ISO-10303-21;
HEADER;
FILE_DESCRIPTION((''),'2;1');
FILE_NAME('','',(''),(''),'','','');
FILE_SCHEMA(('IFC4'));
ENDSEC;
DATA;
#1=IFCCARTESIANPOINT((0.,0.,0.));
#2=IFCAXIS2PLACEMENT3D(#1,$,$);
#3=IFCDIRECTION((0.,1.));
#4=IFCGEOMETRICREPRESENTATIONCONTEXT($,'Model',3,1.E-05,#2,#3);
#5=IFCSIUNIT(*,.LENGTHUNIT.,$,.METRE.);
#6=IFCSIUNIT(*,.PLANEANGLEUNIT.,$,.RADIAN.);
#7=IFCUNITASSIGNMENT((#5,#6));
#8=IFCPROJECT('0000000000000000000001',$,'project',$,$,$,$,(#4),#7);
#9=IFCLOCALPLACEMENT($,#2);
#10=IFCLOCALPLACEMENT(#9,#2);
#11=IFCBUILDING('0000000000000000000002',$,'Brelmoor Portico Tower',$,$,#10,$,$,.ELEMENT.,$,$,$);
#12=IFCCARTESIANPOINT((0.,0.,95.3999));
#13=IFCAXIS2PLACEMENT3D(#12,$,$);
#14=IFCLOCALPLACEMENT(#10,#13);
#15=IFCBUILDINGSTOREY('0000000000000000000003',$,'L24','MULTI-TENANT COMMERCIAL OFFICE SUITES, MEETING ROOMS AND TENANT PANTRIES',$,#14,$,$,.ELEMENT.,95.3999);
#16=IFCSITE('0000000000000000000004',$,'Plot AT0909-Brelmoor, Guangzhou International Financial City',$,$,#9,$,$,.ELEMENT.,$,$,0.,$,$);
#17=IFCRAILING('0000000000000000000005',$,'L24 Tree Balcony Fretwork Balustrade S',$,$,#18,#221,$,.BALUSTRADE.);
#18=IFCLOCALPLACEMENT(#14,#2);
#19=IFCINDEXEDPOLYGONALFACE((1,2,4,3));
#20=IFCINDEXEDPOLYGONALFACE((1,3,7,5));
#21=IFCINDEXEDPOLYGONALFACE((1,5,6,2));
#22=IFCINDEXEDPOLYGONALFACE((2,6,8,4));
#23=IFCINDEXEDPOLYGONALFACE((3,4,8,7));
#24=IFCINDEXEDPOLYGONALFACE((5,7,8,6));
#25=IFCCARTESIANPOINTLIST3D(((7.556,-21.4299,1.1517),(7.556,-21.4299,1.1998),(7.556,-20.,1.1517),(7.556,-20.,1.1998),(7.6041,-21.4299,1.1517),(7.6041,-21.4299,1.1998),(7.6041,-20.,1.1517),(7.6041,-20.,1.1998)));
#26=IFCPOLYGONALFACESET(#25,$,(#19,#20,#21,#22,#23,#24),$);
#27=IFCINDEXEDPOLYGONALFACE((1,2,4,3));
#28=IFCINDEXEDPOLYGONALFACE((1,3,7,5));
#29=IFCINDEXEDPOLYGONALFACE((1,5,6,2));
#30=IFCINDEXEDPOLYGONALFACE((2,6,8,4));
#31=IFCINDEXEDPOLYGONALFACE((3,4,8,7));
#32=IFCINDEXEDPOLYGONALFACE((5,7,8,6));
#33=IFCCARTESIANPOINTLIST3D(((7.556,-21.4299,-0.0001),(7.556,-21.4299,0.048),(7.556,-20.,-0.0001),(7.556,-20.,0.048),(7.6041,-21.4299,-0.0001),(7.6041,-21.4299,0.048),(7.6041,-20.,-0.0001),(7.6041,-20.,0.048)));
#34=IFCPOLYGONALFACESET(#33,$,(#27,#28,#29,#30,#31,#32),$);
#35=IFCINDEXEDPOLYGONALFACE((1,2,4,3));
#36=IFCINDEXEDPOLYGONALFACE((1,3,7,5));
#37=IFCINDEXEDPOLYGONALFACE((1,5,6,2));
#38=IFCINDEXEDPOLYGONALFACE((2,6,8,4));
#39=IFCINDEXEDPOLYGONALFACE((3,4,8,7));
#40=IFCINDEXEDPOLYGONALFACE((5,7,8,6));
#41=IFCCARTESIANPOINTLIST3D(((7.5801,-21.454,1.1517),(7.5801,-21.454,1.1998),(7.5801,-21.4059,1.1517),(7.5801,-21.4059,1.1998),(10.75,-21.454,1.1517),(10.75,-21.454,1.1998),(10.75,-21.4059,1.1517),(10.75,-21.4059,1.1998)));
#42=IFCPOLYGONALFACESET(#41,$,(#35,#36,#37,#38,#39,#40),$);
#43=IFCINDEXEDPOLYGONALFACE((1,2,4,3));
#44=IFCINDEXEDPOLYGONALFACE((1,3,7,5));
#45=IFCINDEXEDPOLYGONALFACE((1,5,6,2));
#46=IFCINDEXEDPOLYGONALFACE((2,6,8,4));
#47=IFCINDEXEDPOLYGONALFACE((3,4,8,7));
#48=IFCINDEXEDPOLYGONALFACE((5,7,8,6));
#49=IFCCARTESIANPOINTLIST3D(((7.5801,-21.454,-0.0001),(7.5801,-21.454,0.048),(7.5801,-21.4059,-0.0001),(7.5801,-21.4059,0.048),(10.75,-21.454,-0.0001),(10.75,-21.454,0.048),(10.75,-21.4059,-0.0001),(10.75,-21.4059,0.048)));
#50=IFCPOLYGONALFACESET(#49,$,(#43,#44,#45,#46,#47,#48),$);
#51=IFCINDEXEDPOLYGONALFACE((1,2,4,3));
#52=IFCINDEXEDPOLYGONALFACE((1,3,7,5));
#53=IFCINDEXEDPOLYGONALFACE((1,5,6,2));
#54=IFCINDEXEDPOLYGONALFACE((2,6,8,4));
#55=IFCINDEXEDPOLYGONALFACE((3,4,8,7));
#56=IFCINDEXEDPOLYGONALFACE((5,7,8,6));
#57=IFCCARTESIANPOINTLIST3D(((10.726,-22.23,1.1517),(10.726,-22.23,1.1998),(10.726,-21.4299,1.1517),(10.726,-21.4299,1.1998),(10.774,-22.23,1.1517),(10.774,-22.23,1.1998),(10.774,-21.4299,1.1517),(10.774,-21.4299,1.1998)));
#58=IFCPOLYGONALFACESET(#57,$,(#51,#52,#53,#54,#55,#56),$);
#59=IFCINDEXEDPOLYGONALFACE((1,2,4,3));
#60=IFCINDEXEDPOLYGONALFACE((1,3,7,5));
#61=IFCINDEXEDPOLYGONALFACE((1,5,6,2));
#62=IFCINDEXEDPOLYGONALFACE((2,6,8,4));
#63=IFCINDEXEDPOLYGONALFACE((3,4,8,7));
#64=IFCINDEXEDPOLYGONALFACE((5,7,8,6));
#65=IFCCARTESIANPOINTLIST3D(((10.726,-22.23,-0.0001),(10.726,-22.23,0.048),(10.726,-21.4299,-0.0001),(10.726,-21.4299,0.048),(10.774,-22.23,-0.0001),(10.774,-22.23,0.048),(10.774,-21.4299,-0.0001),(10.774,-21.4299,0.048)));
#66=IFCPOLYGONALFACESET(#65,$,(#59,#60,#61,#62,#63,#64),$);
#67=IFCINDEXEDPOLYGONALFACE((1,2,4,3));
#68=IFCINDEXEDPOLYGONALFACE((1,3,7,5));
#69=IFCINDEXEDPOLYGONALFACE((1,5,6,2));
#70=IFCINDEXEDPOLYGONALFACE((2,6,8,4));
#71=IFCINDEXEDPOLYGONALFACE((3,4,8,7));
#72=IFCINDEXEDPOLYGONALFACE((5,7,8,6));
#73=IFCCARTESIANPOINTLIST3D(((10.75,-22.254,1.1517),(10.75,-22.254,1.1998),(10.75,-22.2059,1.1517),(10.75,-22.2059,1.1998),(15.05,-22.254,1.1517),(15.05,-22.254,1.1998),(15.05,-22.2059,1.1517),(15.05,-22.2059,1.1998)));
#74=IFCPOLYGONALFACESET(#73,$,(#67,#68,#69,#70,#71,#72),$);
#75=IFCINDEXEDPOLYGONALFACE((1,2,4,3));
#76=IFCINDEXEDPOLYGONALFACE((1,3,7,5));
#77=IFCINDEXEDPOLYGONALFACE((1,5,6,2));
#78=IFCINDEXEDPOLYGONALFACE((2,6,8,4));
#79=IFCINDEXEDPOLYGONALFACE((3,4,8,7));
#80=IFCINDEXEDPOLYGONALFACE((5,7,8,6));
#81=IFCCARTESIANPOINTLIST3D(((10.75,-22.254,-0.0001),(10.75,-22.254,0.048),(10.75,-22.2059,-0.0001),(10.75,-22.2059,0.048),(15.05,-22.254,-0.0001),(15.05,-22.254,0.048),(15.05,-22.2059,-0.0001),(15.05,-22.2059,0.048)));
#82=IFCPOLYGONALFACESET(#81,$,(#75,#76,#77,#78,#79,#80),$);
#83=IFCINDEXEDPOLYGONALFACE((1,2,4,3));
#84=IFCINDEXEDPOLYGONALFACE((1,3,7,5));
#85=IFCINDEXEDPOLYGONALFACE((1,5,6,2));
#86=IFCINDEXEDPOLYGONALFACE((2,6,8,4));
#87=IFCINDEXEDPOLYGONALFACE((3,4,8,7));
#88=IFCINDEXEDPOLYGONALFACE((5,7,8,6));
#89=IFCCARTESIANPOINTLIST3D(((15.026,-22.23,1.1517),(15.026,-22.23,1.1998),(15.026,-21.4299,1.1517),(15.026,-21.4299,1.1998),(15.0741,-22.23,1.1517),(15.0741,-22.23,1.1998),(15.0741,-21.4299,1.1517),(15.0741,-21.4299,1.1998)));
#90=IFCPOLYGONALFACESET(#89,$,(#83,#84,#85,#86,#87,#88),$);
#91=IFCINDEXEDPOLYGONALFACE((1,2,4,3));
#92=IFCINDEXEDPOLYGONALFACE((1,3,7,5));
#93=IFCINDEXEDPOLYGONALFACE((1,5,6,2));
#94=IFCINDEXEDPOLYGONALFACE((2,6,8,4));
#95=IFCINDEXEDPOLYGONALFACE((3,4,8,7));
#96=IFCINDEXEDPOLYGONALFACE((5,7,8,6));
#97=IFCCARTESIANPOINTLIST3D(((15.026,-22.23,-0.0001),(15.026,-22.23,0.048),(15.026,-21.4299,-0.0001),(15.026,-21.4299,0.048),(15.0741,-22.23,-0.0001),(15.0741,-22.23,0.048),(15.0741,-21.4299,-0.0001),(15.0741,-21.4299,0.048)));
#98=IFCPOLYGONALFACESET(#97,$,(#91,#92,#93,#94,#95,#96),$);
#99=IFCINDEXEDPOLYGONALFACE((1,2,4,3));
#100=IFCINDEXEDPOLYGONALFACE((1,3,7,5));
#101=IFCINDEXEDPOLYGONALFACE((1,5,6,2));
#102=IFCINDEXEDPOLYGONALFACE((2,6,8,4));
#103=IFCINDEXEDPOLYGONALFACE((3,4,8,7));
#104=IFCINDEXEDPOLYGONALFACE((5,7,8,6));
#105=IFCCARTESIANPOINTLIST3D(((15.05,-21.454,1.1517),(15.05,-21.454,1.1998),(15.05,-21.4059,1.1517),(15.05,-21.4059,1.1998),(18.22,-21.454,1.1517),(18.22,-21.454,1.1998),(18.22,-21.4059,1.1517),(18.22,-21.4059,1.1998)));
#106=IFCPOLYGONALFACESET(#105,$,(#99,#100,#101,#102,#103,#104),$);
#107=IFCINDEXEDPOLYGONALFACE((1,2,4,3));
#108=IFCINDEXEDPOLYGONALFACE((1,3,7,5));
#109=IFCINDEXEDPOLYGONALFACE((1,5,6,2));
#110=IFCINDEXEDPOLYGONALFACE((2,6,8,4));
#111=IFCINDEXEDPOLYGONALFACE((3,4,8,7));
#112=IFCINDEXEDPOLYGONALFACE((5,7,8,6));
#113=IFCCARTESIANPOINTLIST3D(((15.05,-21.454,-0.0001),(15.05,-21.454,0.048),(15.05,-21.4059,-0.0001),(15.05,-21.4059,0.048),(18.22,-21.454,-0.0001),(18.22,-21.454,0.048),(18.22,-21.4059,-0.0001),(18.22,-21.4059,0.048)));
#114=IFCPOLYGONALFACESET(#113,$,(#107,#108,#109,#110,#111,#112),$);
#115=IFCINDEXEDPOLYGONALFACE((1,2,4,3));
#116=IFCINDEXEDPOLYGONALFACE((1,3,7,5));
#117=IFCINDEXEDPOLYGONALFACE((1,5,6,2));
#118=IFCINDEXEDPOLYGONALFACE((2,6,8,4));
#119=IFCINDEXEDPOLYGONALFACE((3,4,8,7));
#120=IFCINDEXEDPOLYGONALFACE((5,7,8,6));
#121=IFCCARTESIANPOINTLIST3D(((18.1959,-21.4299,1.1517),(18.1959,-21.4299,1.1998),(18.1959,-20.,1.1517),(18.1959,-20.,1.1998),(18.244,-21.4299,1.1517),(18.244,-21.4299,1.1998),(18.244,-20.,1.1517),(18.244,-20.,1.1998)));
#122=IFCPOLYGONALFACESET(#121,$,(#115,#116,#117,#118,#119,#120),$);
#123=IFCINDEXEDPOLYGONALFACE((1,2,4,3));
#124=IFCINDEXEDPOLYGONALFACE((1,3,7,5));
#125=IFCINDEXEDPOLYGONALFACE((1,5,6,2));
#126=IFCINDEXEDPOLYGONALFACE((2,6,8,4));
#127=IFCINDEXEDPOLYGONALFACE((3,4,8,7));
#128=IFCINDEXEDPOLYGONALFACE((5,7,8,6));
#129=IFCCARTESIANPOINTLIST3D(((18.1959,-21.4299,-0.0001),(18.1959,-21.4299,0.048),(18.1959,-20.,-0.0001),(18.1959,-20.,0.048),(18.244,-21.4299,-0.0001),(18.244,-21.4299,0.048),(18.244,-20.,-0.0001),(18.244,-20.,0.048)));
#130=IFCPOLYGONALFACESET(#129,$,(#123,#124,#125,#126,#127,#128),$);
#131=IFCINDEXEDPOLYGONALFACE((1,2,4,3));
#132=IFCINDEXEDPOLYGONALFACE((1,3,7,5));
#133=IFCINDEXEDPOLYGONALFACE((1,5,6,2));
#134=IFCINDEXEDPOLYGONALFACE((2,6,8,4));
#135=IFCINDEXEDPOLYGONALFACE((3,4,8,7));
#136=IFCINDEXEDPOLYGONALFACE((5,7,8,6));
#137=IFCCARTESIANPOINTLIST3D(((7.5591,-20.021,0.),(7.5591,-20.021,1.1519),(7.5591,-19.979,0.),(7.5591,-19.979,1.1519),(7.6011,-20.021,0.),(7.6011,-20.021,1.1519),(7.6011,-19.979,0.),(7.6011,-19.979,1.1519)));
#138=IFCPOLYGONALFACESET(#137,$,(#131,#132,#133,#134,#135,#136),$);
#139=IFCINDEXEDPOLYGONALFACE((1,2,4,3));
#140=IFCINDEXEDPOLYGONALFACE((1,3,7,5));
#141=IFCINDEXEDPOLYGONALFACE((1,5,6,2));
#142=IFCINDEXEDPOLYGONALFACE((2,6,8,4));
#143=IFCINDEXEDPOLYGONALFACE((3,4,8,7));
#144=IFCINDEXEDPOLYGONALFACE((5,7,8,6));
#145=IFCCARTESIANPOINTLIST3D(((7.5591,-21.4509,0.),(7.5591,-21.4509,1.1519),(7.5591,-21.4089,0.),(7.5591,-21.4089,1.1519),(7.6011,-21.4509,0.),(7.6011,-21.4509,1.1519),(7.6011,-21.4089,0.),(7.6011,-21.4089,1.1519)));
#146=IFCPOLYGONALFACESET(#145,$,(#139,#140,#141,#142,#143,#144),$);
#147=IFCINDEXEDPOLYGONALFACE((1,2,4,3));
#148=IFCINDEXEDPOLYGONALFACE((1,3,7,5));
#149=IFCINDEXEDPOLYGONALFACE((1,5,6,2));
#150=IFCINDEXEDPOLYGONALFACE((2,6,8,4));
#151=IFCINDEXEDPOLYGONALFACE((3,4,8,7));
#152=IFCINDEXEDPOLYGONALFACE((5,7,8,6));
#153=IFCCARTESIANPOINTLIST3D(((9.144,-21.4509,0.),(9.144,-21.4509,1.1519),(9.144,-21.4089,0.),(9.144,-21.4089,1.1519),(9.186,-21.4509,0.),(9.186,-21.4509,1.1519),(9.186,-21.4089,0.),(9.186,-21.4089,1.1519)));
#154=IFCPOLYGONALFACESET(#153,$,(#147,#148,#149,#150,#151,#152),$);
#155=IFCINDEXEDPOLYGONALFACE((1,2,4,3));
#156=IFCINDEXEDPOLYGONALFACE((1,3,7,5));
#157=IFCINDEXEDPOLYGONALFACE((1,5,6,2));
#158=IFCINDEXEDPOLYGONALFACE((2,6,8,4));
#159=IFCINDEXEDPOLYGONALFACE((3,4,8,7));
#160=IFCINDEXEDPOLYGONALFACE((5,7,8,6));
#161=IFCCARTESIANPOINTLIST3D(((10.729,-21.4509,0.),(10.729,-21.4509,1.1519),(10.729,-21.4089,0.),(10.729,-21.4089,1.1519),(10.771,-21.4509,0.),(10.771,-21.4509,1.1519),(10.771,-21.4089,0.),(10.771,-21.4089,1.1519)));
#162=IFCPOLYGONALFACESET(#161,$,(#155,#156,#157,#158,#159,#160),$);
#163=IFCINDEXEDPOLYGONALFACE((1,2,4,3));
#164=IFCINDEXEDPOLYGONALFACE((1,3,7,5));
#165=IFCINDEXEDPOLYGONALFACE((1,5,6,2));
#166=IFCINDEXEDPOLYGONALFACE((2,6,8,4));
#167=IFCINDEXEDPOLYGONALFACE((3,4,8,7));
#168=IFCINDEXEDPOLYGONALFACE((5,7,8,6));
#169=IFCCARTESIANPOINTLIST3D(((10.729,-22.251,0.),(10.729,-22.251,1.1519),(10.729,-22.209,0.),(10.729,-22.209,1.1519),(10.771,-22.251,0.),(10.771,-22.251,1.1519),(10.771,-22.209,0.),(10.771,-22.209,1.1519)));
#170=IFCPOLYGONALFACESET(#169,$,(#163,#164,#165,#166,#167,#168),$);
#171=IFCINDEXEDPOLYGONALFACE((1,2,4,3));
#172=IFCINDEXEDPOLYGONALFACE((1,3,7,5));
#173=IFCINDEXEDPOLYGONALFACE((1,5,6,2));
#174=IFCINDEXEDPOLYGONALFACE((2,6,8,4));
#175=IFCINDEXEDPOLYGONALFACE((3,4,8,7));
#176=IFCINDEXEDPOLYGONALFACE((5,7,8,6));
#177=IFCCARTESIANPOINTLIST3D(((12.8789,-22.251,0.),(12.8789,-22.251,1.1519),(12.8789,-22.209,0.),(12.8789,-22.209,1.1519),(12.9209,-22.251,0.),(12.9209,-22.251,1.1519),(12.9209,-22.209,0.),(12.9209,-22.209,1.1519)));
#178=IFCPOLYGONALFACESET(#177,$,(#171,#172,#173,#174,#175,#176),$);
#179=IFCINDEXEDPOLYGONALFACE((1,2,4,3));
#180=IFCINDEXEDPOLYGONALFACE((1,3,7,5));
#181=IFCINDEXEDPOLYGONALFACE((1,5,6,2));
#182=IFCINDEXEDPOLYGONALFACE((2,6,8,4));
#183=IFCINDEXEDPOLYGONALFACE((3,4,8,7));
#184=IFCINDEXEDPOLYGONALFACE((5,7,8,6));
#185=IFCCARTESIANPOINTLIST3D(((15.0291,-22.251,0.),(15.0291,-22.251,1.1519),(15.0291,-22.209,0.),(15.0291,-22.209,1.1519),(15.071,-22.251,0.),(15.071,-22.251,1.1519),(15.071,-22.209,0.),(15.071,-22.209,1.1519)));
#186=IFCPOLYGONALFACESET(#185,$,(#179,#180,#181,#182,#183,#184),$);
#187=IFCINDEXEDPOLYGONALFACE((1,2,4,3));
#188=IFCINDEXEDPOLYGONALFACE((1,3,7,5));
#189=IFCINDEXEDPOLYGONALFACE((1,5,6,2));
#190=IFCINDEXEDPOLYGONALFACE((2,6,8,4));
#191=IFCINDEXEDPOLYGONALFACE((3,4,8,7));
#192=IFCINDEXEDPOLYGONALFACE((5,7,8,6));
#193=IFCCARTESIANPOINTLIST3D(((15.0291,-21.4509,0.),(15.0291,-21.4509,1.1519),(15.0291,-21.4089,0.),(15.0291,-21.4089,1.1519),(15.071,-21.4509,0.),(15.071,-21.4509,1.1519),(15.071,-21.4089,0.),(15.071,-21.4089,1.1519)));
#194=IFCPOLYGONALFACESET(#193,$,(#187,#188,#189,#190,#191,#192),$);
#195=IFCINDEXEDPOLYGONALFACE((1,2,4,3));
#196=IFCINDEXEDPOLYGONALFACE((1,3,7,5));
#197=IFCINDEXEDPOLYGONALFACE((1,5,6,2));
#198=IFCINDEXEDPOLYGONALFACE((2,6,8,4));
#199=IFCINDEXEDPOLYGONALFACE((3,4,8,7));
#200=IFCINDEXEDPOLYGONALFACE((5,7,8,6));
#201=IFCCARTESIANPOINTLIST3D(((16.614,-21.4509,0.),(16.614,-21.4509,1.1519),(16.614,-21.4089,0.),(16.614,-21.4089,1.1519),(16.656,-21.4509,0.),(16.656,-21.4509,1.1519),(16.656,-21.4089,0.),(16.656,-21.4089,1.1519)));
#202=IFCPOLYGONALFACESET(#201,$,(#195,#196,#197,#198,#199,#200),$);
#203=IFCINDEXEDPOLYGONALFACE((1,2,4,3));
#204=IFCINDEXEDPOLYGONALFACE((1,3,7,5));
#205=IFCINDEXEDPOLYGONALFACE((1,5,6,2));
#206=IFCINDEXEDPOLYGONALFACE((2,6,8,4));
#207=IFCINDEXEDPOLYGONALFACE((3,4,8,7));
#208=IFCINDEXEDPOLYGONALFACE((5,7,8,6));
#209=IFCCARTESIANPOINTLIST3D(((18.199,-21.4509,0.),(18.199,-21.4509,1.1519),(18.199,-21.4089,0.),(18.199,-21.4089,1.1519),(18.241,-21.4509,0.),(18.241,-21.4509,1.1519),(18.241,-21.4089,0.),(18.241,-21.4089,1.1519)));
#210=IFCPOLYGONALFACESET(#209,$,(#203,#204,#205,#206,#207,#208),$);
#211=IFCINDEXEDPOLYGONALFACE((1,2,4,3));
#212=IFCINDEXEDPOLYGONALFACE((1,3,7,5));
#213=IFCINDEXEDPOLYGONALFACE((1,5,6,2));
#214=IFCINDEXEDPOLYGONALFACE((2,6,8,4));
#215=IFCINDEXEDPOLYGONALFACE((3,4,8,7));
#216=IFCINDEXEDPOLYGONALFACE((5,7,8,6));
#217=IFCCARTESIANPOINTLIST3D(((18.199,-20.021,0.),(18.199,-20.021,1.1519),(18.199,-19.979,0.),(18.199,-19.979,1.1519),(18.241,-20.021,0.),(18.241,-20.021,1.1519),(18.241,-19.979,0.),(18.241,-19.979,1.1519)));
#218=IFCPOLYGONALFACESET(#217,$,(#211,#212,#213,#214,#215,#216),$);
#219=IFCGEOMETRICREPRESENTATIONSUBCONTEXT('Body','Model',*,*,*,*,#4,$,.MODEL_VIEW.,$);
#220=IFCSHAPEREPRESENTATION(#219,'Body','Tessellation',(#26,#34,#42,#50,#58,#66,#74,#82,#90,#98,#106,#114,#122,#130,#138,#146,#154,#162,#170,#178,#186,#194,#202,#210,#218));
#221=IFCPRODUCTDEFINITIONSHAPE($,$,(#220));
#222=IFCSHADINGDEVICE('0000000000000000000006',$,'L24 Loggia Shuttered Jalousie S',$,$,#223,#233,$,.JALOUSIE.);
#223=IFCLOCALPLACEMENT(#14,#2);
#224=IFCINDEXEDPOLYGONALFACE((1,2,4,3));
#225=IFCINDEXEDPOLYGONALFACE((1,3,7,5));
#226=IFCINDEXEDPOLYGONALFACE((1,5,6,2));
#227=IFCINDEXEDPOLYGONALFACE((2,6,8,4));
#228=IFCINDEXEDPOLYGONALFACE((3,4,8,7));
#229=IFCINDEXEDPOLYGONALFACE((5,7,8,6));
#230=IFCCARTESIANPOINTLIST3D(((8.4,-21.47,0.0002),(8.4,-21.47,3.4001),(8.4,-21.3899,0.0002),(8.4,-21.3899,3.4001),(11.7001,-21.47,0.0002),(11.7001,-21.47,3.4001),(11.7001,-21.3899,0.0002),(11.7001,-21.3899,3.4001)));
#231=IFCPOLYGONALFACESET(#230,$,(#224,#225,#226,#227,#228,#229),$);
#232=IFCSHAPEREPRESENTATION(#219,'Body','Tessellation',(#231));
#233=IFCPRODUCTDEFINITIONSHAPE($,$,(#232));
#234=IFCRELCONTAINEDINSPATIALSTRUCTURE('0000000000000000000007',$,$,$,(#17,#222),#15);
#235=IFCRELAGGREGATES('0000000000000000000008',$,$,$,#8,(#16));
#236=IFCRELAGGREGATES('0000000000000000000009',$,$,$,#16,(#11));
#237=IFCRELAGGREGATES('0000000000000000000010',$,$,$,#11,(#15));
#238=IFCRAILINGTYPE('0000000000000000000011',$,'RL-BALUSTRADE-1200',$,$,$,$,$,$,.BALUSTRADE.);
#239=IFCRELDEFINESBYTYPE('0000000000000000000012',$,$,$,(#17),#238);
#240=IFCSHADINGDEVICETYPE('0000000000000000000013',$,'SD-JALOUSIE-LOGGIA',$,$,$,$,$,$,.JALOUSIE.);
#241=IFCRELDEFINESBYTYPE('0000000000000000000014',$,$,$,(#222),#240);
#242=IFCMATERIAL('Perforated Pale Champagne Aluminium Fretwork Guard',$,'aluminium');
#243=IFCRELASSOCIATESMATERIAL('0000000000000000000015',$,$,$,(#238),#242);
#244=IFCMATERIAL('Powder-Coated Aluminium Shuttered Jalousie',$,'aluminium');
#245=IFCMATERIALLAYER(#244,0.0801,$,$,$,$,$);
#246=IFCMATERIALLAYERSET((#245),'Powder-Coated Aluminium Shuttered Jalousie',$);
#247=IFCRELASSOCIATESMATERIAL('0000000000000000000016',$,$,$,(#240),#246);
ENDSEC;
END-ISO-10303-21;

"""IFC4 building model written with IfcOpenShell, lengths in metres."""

from ifc_helpers import new_model, si_unit, direction, frame, origin, origin_2d, place, context, subcontext, project, spatial, rectangle, extrude, material, layer, layer_set, type_object, element, save


model = new_model("IFC4")

# Units and contexts
model_context = context("Model", 3, precision=1e-05, world=origin(), true_north=direction((0.0, 1.0)))
body_context = subcontext(model_context, "Body", "Model", "MODEL_VIEW")
ifc_project = project(units=[si_unit("LENGTHUNIT", "METRE"), si_unit("PLANEANGLEUNIT", "RADIAN")], contexts=[model_context])

# Site, building, storey
site_placement = place(None, origin())
site = spatial("IfcSite", under=ifc_project, at=site_placement, Name="Plot AT0909-Brelmoor, Guangzhou International Financial City", CompositionType="ELEMENT", RefElevation=0.0)
building_placement = place(site_placement, origin())
building = spatial("IfcBuilding", under=site, at=building_placement, Name="Brelmoor Portico Tower", CompositionType="ELEMENT")
storey_placement = place(building_placement, frame((0.0, 0.0, 95.3999)))
storey = spatial("IfcBuildingStorey", under=building, at=storey_placement, Name="L24", Description="MULTI-TENANT COMMERCIAL OFFICE SUITES, MEETING ROOMS AND TENANT PANTRIES", CompositionType="ELEMENT", Elevation=95.3999)

# Railing
ifc_material_1 = material(Name="Perforated Pale Champagne Aluminium Fretwork Guard", Category="aluminium")
railing_type = type_object("IfcRailingType", Name="RL-BALUSTRADE-1200", PredefinedType="BALUSTRADE", material=ifc_material_1)
railing_placement = place(storey_placement, frame((7.5801, -20.0, 0.0)))
element("IfcRailing", 1, at=railing_placement, inside=storey, type_object=railing_type, Name="L24 Tree Balcony Fretwork Balustrade S", PredefinedType="BALUSTRADE", context=body_context, shape_type="SweptSolid", body=[
    extrude(rectangle(XDim=0.0481, YDim=0.0481, at=origin_2d()), frame((0.0, 0.0, 1.1758), z_axis=(0.0, -1.0, 0.0), x_axis=(1.0, 0.0, 0.0)), (0.0, 0.0, 1.0), 1.4299),
    extrude(rectangle(XDim=0.0481, YDim=0.0481, at=origin_2d()), frame((0.0, 0.0, 0.0239), z_axis=(0.0, -1.0, 0.0), x_axis=(1.0, 0.0, 0.0)), (0.0, 0.0, 1.0), 1.4299),
    extrude(rectangle(XDim=0.0481, YDim=0.0481, at=origin_2d()), frame((0.0, -1.4299, 1.1758), z_axis=(1.0, 0.0, 0.0), x_axis=(0.0, 1.0, 0.0)), (0.0, 0.0, 1.0), 3.1699),
    extrude(rectangle(XDim=0.0481, YDim=0.0481, at=origin_2d()), frame((0.0, -1.4299, 0.0239), z_axis=(1.0, 0.0, 0.0), x_axis=(0.0, 1.0, 0.0)), (0.0, 0.0, 1.0), 3.1699),
    extrude(rectangle(XDim=0.0481, YDim=0.0481, at=origin_2d()), frame((3.1699, -1.4299, 1.1758), z_axis=(0.0, -1.0, 0.0), x_axis=(1.0, 0.0, 0.0)), (0.0, 0.0, 1.0), 0.8),
    extrude(rectangle(XDim=0.0481, YDim=0.0481, at=origin_2d()), frame((3.1699, -1.4299, 0.0239), z_axis=(0.0, -1.0, 0.0), x_axis=(1.0, 0.0, 0.0)), (0.0, 0.0, 1.0), 0.8),
    extrude(rectangle(XDim=0.0481, YDim=0.0481, at=origin_2d()), frame((3.1699, -2.23, 1.1758), z_axis=(1.0, 0.0, 0.0), x_axis=(0.0, 1.0, 0.0)), (0.0, 0.0, 1.0), 4.3),
    extrude(rectangle(XDim=0.0481, YDim=0.0481, at=origin_2d()), frame((3.1699, -2.23, 0.0239), z_axis=(1.0, 0.0, 0.0), x_axis=(0.0, 1.0, 0.0)), (0.0, 0.0, 1.0), 4.3),
    extrude(rectangle(XDim=0.0481, YDim=0.0481, at=origin_2d()), frame((7.47, -2.23, 1.1758), z_axis=(0.0, 1.0, 0.0), x_axis=(-1.0, 0.0, 0.0)), (0.0, 0.0, 1.0), 0.8),
    extrude(rectangle(XDim=0.0481, YDim=0.0481, at=origin_2d()), frame((7.47, -2.23, 0.0239), z_axis=(0.0, 1.0, 0.0), x_axis=(-1.0, 0.0, 0.0)), (0.0, 0.0, 1.0), 0.8),
    extrude(rectangle(XDim=0.0481, YDim=0.0481, at=origin_2d()), frame((7.47, -1.4299, 1.1758), z_axis=(1.0, 0.0, 0.0), x_axis=(0.0, 1.0, 0.0)), (0.0, 0.0, 1.0), 3.1699),
    extrude(rectangle(XDim=0.0481, YDim=0.0481, at=origin_2d()), frame((7.47, -1.4299, 0.0239), z_axis=(1.0, 0.0, 0.0), x_axis=(0.0, 1.0, 0.0)), (0.0, 0.0, 1.0), 3.1699),
    extrude(rectangle(XDim=0.0481, YDim=0.0481, at=origin_2d()), frame((10.6399, -1.4299, 1.1758), z_axis=(0.0, 1.0, 0.0), x_axis=(-1.0, 0.0, 0.0)), (0.0, 0.0, 1.0), 1.4299),
    extrude(rectangle(XDim=0.0481, YDim=0.0481, at=origin_2d()), frame((10.6399, -1.4299, 0.0239), z_axis=(0.0, 1.0, 0.0), x_axis=(-1.0, 0.0, 0.0)), (0.0, 0.0, 1.0), 1.4299),
    extrude(rectangle(XDim=0.042, YDim=0.042, at=origin_2d()), origin(), (0.0, 0.0, 1.0), 1.1519),
    extrude(rectangle(XDim=0.042, YDim=0.042, at=origin_2d()), frame((0.0, -1.4299, 0.0)), (0.0, 0.0, 1.0), 1.1519),
    extrude(rectangle(XDim=0.042, YDim=0.042, at=origin_2d()), frame((1.585, -1.4299, 0.0)), (0.0, 0.0, 1.0), 1.1519),
    extrude(rectangle(XDim=0.042, YDim=0.042, at=origin_2d()), frame((3.1699, -1.4299, 0.0)), (0.0, 0.0, 1.0), 1.1519),
    extrude(rectangle(XDim=0.042, YDim=0.042, at=origin_2d()), frame((3.1699, -2.23, 0.0)), (0.0, 0.0, 1.0), 1.1519),
    extrude(rectangle(XDim=0.042, YDim=0.042, at=origin_2d()), frame((5.3198, -2.23, 0.0)), (0.0, 0.0, 1.0), 1.1519),
    extrude(rectangle(XDim=0.042, YDim=0.042, at=origin_2d()), frame((7.47, -2.23, 0.0)), (0.0, 0.0, 1.0), 1.1519),
    extrude(rectangle(XDim=0.042, YDim=0.042, at=origin_2d()), frame((7.47, -1.4299, 0.0)), (0.0, 0.0, 1.0), 1.1519),
    extrude(rectangle(XDim=0.042, YDim=0.042, at=origin_2d()), frame((9.0549, -1.4299, 0.0)), (0.0, 0.0, 1.0), 1.1519),
    extrude(rectangle(XDim=0.042, YDim=0.042, at=origin_2d()), frame((10.6399, -1.4299, 0.0)), (0.0, 0.0, 1.0), 1.1519),
    extrude(rectangle(XDim=0.042, YDim=0.042, at=origin_2d()), frame((10.6399, 0.0, 0.0)), (0.0, 0.0, 1.0), 1.1519),
])

# Shading device
ifc_material_2 = material(Name="Powder-Coated Aluminium Shuttered Jalousie", Category="aluminium")
ifc_layer_1 = layer(ifc_material_2, 0.0801)
ifc_layer_set_1 = layer_set([ifc_layer_1], Name="Powder-Coated Aluminium Shuttered Jalousie")
shading_device_type = type_object("IfcShadingDeviceType", Name="SD-JALOUSIE-LOGGIA", PredefinedType="JALOUSIE", material=ifc_layer_set_1)
shading_device_placement = place(storey_placement, frame((10.05, -21.4299, 0.0002), z_axis=(0.0, 0.0, 1.0), x_axis=(1.0, 0.0, 0.0)))
element("IfcShadingDevice", 2, at=shading_device_placement, inside=storey, type_object=shading_device_type, Name="L24 Loggia Shuttered Jalousie S", PredefinedType="JALOUSIE", context=body_context, shape_type="SweptSolid", body=[
    extrude(rectangle(XDim=3.3, YDim=0.0801, at=origin_2d()), origin(), (0.0, 0.0, 1.0), 3.3999),
])

save(model, "model.ifc")
